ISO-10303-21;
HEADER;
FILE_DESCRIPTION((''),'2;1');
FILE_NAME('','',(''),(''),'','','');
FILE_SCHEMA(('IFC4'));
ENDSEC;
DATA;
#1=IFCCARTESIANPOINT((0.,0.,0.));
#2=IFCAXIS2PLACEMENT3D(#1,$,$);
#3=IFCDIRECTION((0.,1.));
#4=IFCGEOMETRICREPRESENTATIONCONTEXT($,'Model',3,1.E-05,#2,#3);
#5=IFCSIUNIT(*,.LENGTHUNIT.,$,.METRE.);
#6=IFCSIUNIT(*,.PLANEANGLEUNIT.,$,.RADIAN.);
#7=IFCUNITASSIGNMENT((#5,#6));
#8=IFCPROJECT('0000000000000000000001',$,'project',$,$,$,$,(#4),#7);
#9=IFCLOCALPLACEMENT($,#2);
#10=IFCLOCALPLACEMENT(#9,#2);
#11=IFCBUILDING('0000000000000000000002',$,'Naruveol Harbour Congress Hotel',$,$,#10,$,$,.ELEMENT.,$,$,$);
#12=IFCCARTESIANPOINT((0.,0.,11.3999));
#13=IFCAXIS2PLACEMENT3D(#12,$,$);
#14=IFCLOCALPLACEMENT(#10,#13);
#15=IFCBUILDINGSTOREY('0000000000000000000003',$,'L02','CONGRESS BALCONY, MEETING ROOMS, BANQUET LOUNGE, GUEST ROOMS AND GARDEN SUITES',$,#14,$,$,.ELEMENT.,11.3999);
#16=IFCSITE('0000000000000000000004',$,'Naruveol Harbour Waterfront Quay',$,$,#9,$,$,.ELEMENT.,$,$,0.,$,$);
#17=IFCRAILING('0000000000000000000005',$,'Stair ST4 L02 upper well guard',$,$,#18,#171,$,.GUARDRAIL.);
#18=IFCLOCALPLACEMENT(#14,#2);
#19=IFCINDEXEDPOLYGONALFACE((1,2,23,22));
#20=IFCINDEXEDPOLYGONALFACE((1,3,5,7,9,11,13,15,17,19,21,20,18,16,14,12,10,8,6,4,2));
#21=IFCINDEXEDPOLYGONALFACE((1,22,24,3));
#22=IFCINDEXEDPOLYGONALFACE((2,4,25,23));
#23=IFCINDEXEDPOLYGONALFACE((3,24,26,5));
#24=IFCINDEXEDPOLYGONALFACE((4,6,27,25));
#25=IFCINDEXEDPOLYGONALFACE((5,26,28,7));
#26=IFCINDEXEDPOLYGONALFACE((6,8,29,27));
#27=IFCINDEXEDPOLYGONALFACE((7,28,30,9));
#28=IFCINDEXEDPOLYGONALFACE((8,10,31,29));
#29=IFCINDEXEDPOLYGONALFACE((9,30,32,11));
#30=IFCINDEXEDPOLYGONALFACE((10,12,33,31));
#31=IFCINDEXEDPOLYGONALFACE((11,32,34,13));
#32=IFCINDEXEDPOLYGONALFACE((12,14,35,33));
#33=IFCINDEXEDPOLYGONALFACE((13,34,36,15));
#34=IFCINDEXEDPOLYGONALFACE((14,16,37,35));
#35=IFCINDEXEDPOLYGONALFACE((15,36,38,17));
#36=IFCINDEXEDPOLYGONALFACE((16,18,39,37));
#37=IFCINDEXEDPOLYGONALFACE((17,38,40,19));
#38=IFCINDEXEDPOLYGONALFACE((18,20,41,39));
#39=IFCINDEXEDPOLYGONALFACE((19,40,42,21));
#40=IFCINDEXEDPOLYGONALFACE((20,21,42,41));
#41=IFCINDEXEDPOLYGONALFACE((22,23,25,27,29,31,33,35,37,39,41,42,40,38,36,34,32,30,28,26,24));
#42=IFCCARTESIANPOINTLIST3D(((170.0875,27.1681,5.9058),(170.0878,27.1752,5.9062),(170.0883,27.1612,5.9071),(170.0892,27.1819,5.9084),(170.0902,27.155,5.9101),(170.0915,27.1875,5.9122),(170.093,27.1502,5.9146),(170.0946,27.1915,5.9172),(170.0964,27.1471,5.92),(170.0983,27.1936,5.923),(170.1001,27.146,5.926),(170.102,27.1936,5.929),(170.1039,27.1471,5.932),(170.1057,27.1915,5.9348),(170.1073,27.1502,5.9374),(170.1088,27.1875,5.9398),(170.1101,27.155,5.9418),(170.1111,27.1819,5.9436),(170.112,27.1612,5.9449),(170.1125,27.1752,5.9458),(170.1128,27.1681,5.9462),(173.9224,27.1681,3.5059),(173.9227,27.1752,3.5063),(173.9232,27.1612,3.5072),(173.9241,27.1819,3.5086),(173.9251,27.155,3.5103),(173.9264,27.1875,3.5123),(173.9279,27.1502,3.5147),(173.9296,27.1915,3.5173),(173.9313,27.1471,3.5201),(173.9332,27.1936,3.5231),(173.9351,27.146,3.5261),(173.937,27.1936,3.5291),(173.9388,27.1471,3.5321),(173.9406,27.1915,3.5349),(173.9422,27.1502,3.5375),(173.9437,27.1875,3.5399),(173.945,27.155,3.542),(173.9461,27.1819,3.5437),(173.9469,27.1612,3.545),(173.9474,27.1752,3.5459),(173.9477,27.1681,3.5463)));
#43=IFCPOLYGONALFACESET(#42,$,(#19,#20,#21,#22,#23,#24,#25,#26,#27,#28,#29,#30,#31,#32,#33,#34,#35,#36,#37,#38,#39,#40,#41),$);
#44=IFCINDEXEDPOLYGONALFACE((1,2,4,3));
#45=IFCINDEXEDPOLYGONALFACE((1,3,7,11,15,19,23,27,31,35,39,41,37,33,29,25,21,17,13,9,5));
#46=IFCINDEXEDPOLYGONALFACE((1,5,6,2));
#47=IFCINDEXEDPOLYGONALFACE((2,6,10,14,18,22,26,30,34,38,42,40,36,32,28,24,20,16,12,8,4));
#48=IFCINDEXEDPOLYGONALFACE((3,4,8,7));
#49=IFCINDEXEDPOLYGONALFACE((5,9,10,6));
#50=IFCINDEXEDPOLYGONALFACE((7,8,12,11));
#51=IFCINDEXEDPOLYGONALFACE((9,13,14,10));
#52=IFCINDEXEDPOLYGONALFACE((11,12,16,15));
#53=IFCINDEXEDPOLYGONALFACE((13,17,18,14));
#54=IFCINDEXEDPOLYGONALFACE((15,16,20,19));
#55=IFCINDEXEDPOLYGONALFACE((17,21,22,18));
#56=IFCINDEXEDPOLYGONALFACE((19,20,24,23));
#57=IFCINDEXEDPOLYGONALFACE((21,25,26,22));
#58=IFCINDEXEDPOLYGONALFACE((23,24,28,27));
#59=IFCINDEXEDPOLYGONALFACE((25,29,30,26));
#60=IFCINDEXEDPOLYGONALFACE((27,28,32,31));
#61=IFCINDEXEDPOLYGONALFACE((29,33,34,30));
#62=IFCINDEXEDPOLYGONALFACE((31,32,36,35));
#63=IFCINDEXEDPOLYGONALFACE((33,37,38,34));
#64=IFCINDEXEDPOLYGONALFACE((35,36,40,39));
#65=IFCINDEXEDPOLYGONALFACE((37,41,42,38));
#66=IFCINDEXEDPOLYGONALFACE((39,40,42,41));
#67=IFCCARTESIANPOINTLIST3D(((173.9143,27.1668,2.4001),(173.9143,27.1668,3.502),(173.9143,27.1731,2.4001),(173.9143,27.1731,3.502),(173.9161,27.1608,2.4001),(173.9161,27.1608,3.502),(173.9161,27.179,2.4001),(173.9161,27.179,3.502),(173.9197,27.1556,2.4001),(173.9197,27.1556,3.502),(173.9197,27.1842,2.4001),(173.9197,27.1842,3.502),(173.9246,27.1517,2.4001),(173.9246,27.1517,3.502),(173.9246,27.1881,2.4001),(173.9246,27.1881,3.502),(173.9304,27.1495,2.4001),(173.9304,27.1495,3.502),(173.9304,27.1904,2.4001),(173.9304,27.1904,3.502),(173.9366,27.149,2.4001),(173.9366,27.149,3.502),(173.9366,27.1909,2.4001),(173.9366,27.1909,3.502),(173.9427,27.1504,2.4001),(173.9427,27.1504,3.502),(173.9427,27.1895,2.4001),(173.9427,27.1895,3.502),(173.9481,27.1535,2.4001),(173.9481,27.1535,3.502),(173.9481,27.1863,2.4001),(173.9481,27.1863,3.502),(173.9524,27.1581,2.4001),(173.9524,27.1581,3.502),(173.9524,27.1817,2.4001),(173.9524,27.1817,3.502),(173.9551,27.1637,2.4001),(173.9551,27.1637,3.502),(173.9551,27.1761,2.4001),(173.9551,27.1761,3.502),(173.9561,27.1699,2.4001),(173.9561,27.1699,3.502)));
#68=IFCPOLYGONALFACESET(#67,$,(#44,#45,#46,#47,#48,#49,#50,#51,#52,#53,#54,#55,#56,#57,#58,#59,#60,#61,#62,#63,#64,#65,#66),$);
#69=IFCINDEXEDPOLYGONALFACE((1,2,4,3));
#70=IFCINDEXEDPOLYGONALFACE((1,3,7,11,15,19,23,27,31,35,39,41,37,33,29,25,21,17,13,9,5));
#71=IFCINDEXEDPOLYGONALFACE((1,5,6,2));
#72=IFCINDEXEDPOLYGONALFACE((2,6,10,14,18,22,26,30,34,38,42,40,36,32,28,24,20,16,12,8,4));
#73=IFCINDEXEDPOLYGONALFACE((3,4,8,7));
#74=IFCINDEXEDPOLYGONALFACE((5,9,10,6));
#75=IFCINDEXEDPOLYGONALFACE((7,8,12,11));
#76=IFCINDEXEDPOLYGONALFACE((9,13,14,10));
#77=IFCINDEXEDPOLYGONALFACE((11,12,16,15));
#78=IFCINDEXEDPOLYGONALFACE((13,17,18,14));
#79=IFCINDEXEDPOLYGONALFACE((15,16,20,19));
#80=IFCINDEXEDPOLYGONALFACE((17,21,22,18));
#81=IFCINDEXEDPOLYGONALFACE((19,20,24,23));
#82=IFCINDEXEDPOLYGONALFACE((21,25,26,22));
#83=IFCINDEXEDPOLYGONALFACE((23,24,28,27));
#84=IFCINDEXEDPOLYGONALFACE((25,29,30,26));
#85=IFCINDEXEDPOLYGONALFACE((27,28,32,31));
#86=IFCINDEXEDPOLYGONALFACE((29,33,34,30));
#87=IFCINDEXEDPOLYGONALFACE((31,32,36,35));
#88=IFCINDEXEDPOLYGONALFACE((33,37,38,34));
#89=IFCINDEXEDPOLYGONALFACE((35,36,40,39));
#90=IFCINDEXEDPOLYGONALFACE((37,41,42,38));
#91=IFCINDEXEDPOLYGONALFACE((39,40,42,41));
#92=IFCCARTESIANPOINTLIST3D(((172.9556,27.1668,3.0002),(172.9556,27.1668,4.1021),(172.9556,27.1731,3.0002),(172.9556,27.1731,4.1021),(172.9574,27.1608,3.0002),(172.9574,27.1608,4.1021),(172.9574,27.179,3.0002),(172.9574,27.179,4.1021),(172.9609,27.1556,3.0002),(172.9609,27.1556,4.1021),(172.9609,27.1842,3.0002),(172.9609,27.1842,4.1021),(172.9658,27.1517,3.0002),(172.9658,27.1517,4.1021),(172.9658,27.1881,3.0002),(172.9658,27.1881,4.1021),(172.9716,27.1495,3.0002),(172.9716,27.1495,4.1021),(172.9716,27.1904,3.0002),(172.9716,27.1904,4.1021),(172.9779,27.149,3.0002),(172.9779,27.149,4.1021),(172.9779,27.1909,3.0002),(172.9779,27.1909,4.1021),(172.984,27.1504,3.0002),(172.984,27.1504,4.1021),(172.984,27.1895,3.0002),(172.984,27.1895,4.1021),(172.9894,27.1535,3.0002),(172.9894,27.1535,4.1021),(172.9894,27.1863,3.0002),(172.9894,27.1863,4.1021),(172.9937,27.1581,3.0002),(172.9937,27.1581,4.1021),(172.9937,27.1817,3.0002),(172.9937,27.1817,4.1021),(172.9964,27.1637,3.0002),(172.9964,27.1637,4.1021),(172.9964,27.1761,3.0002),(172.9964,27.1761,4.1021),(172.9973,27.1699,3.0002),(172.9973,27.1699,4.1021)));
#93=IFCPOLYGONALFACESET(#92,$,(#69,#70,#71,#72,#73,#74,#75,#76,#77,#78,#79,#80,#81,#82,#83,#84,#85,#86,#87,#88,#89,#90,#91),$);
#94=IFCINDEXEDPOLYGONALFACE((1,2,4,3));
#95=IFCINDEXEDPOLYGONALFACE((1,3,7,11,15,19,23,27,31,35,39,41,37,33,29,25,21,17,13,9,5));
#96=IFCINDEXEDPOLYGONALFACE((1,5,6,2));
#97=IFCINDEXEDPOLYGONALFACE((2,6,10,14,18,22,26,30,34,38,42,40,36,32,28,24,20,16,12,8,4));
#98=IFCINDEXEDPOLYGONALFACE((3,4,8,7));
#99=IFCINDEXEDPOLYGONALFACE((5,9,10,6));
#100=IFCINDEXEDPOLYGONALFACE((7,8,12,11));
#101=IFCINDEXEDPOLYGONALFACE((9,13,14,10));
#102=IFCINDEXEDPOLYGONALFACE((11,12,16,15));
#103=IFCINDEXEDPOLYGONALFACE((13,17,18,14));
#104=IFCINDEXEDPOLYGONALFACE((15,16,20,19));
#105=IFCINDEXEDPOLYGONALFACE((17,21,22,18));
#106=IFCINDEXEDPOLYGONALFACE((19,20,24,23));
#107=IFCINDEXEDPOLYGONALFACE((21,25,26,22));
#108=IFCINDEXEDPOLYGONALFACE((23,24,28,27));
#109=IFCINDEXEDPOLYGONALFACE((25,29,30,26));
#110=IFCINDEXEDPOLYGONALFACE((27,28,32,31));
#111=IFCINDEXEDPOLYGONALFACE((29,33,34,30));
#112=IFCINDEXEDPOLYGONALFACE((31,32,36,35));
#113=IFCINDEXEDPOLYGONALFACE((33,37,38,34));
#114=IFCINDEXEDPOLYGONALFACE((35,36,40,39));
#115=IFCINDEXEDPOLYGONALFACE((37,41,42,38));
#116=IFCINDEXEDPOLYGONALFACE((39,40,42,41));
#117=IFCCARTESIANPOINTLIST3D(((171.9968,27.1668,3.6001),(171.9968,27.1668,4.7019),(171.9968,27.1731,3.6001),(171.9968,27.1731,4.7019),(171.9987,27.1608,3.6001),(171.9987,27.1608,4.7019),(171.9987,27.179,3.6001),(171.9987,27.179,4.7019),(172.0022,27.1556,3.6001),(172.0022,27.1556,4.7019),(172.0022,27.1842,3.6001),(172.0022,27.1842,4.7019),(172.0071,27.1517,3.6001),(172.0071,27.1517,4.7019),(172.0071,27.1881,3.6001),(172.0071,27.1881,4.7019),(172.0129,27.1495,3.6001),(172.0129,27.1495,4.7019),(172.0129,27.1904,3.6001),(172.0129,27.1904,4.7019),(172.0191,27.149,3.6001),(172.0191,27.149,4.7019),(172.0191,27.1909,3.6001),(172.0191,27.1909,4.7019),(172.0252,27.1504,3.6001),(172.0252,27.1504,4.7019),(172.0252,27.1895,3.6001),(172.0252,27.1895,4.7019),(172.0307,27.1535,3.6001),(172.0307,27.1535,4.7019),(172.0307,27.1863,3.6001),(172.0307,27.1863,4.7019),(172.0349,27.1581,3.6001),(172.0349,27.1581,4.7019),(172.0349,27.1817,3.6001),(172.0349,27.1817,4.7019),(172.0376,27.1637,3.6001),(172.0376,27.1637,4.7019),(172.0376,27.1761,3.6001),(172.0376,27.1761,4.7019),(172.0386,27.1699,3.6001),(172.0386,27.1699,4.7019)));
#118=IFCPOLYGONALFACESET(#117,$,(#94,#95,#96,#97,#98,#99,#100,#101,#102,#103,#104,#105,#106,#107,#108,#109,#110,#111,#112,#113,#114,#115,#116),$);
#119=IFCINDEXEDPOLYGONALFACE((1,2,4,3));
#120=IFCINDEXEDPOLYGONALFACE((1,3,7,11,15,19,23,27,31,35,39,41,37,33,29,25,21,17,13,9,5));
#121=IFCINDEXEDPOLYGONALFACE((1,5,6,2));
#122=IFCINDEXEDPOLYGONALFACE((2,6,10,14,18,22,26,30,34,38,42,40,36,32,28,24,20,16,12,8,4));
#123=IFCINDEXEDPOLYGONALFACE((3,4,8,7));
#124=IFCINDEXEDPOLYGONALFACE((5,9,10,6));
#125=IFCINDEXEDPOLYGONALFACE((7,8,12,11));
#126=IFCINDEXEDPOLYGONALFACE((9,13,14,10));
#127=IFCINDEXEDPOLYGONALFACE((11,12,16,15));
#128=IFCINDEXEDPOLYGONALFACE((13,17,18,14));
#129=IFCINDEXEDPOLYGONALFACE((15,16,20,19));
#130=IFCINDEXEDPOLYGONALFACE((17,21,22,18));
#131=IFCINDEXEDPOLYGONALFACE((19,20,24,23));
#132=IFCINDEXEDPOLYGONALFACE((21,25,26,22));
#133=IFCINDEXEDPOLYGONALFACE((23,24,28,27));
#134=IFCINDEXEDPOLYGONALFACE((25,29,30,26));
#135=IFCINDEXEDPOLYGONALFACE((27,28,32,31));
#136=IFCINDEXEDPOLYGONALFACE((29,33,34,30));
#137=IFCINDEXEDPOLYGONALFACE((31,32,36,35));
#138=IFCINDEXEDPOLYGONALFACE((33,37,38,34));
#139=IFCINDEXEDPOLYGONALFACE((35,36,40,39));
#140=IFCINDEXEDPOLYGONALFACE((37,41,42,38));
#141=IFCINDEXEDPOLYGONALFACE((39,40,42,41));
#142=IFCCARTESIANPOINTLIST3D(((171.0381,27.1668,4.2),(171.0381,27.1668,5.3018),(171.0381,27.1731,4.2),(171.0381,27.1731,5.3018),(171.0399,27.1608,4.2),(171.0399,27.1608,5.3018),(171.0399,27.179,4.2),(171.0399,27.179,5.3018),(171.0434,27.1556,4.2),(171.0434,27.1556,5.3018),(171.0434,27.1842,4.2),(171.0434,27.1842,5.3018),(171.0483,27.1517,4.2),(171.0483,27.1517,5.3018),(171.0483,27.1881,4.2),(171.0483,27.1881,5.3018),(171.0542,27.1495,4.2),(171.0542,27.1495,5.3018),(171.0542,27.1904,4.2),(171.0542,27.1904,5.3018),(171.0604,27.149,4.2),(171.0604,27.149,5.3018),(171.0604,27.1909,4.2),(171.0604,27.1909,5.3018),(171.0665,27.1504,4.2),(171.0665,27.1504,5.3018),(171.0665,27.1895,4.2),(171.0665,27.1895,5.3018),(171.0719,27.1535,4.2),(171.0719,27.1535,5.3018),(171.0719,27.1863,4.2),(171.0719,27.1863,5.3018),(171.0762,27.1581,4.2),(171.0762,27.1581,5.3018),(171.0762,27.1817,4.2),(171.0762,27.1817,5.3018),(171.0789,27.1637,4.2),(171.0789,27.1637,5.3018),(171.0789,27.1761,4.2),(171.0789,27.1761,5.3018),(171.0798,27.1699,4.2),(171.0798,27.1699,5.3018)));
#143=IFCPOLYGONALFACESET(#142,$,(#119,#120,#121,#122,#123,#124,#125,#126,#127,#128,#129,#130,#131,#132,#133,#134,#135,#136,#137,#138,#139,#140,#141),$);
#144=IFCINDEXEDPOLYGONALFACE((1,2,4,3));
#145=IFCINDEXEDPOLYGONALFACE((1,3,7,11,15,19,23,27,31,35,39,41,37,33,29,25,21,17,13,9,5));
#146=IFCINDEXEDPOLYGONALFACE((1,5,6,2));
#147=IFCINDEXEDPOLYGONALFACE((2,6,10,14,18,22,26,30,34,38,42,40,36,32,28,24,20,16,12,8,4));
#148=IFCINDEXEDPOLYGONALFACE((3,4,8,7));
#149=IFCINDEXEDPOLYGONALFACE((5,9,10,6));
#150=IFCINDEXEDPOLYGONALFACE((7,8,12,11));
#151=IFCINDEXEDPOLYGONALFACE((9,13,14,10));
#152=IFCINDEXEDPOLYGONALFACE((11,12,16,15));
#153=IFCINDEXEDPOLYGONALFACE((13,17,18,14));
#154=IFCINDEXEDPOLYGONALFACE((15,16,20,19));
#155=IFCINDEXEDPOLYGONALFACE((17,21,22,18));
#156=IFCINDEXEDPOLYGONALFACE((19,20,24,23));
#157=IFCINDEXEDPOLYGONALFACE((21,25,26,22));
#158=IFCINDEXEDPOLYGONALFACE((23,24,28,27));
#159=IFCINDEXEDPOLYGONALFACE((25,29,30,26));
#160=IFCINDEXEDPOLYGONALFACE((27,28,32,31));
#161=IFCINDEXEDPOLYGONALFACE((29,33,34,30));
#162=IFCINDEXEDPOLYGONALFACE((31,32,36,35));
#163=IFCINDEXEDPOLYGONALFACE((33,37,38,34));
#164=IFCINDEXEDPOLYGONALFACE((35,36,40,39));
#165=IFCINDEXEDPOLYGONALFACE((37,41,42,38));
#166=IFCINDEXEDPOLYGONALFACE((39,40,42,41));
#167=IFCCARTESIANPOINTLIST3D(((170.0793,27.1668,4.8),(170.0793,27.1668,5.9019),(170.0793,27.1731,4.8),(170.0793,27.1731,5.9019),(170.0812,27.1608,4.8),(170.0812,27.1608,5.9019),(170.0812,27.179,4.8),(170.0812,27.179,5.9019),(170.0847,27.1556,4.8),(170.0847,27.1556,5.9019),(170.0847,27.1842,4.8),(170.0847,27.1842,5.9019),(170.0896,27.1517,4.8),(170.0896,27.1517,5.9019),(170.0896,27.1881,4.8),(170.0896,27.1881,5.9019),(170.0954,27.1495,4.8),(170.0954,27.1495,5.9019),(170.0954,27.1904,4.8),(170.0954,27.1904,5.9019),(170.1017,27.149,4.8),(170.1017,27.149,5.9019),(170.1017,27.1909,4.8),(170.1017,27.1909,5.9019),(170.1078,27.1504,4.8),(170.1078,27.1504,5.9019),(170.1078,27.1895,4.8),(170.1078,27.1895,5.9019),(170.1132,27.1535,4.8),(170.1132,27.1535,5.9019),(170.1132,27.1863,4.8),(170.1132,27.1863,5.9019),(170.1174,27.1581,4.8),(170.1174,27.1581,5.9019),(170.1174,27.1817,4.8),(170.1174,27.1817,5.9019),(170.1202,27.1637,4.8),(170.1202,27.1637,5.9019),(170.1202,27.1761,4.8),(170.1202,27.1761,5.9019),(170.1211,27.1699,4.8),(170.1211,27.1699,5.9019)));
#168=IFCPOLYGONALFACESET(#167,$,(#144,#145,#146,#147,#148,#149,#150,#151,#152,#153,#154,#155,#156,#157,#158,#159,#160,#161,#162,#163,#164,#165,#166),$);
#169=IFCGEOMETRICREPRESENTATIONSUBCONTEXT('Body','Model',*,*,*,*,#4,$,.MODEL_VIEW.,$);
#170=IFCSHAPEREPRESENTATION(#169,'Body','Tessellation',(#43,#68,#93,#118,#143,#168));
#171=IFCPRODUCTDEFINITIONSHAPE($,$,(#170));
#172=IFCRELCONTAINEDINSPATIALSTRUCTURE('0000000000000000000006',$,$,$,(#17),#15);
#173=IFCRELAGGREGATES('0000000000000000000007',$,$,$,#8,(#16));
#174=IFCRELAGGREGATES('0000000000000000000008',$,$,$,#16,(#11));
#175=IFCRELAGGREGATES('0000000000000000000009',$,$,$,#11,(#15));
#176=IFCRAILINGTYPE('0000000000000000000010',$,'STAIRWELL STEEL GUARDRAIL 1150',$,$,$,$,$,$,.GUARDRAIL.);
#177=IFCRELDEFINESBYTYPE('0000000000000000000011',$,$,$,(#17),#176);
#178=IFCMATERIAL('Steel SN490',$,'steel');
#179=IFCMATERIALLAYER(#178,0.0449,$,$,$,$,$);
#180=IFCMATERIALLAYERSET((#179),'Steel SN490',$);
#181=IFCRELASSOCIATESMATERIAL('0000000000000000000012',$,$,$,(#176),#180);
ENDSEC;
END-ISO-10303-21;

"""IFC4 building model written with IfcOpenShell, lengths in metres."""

from ifc_helpers import new_model, si_unit, direction, frame, origin, origin_2d, place, context, subcontext, project, spatial, circle, extrude, material, layer, layer_set, type_object, element, save


model = new_model("IFC4")

# Units and contexts
model_context = context("Model", 3, precision=1e-05, world=origin(), true_north=direction((0.0, 1.0)))
body_context = subcontext(model_context, "Body", "Model", "MODEL_VIEW")
ifc_project = project(units=[si_unit("LENGTHUNIT", "METRE"), si_unit("PLANEANGLEUNIT", "RADIAN")], contexts=[model_context])

# Site, building, storey
site_placement = place(None, origin())
site = spatial("IfcSite", under=ifc_project, at=site_placement, Name="Naruveol Harbour Waterfront Quay", CompositionType="ELEMENT", RefElevation=0.0)
building_placement = place(site_placement, origin())
building = spatial("IfcBuilding", under=site, at=building_placement, Name="Naruveol Harbour Congress Hotel", CompositionType="ELEMENT")
storey_placement = place(building_placement, frame((0.0, 0.0, 11.3999)))
storey = spatial("IfcBuildingStorey", under=building, at=storey_placement, Name="L02", Description="CONGRESS BALCONY, MEETING ROOMS, BANQUET LOUNGE, GUEST ROOMS AND GARDEN SUITES", CompositionType="ELEMENT", Elevation=11.3999)

# Railing
ifc_material_1 = material(Name="Steel SN490", Category="steel")
ifc_layer_1 = layer(ifc_material_1, 0.0449)
ifc_layer_set_1 = layer_set([ifc_layer_1], Name="Steel SN490")
railing_type_1 = type_object("IfcRailingType", Name="STAIRWELL STEEL GUARDRAIL 1150", PredefinedType="GUARDRAIL", material=ifc_layer_set_1)
railing_1_placement = place(storey_placement, frame((173.9351, 27.1699, 2.4001)))
element("IfcRailing", 1, at=railing_1_placement, inside=storey, type_object=railing_type_1, Name="Stair ST4 L02 upper well guard", PredefinedType="GUARDRAIL", context=body_context, shape_type="SweptSolid", body=[
    extrude(circle(Radius=0.0239, at=origin_2d()), frame((0.0, 0.0, 1.126), z_axis=(-0.847695, 0.0, 0.530484), x_axis=(0.0, -1.0, 0.0)), (0.0, 0.0, 1.0), 4.5239),
    extrude(circle(Radius=0.021, at=origin_2d()), origin(), (0.0, 0.0, 1.0), 1.1018),
    extrude(circle(Radius=0.021, at=origin_2d()), frame((-0.9587, 0.0, 0.6001)), (0.0, 0.0, 1.0), 1.1018),
    extrude(circle(Radius=0.021, at=origin_2d()), frame((-1.9175, 0.0, 1.2)), (0.0, 0.0, 1.0), 1.1018),
    extrude(circle(Radius=0.021, at=origin_2d()), frame((-2.8762, 0.0, 1.7998)), (0.0, 0.0, 1.0), 1.1018),
    extrude(circle(Radius=0.021, at=origin_2d()), frame((-3.835, 0.0, 2.3999)), (0.0, 0.0, 1.0), 1.1018),
])

save(model, "model.ifc")
